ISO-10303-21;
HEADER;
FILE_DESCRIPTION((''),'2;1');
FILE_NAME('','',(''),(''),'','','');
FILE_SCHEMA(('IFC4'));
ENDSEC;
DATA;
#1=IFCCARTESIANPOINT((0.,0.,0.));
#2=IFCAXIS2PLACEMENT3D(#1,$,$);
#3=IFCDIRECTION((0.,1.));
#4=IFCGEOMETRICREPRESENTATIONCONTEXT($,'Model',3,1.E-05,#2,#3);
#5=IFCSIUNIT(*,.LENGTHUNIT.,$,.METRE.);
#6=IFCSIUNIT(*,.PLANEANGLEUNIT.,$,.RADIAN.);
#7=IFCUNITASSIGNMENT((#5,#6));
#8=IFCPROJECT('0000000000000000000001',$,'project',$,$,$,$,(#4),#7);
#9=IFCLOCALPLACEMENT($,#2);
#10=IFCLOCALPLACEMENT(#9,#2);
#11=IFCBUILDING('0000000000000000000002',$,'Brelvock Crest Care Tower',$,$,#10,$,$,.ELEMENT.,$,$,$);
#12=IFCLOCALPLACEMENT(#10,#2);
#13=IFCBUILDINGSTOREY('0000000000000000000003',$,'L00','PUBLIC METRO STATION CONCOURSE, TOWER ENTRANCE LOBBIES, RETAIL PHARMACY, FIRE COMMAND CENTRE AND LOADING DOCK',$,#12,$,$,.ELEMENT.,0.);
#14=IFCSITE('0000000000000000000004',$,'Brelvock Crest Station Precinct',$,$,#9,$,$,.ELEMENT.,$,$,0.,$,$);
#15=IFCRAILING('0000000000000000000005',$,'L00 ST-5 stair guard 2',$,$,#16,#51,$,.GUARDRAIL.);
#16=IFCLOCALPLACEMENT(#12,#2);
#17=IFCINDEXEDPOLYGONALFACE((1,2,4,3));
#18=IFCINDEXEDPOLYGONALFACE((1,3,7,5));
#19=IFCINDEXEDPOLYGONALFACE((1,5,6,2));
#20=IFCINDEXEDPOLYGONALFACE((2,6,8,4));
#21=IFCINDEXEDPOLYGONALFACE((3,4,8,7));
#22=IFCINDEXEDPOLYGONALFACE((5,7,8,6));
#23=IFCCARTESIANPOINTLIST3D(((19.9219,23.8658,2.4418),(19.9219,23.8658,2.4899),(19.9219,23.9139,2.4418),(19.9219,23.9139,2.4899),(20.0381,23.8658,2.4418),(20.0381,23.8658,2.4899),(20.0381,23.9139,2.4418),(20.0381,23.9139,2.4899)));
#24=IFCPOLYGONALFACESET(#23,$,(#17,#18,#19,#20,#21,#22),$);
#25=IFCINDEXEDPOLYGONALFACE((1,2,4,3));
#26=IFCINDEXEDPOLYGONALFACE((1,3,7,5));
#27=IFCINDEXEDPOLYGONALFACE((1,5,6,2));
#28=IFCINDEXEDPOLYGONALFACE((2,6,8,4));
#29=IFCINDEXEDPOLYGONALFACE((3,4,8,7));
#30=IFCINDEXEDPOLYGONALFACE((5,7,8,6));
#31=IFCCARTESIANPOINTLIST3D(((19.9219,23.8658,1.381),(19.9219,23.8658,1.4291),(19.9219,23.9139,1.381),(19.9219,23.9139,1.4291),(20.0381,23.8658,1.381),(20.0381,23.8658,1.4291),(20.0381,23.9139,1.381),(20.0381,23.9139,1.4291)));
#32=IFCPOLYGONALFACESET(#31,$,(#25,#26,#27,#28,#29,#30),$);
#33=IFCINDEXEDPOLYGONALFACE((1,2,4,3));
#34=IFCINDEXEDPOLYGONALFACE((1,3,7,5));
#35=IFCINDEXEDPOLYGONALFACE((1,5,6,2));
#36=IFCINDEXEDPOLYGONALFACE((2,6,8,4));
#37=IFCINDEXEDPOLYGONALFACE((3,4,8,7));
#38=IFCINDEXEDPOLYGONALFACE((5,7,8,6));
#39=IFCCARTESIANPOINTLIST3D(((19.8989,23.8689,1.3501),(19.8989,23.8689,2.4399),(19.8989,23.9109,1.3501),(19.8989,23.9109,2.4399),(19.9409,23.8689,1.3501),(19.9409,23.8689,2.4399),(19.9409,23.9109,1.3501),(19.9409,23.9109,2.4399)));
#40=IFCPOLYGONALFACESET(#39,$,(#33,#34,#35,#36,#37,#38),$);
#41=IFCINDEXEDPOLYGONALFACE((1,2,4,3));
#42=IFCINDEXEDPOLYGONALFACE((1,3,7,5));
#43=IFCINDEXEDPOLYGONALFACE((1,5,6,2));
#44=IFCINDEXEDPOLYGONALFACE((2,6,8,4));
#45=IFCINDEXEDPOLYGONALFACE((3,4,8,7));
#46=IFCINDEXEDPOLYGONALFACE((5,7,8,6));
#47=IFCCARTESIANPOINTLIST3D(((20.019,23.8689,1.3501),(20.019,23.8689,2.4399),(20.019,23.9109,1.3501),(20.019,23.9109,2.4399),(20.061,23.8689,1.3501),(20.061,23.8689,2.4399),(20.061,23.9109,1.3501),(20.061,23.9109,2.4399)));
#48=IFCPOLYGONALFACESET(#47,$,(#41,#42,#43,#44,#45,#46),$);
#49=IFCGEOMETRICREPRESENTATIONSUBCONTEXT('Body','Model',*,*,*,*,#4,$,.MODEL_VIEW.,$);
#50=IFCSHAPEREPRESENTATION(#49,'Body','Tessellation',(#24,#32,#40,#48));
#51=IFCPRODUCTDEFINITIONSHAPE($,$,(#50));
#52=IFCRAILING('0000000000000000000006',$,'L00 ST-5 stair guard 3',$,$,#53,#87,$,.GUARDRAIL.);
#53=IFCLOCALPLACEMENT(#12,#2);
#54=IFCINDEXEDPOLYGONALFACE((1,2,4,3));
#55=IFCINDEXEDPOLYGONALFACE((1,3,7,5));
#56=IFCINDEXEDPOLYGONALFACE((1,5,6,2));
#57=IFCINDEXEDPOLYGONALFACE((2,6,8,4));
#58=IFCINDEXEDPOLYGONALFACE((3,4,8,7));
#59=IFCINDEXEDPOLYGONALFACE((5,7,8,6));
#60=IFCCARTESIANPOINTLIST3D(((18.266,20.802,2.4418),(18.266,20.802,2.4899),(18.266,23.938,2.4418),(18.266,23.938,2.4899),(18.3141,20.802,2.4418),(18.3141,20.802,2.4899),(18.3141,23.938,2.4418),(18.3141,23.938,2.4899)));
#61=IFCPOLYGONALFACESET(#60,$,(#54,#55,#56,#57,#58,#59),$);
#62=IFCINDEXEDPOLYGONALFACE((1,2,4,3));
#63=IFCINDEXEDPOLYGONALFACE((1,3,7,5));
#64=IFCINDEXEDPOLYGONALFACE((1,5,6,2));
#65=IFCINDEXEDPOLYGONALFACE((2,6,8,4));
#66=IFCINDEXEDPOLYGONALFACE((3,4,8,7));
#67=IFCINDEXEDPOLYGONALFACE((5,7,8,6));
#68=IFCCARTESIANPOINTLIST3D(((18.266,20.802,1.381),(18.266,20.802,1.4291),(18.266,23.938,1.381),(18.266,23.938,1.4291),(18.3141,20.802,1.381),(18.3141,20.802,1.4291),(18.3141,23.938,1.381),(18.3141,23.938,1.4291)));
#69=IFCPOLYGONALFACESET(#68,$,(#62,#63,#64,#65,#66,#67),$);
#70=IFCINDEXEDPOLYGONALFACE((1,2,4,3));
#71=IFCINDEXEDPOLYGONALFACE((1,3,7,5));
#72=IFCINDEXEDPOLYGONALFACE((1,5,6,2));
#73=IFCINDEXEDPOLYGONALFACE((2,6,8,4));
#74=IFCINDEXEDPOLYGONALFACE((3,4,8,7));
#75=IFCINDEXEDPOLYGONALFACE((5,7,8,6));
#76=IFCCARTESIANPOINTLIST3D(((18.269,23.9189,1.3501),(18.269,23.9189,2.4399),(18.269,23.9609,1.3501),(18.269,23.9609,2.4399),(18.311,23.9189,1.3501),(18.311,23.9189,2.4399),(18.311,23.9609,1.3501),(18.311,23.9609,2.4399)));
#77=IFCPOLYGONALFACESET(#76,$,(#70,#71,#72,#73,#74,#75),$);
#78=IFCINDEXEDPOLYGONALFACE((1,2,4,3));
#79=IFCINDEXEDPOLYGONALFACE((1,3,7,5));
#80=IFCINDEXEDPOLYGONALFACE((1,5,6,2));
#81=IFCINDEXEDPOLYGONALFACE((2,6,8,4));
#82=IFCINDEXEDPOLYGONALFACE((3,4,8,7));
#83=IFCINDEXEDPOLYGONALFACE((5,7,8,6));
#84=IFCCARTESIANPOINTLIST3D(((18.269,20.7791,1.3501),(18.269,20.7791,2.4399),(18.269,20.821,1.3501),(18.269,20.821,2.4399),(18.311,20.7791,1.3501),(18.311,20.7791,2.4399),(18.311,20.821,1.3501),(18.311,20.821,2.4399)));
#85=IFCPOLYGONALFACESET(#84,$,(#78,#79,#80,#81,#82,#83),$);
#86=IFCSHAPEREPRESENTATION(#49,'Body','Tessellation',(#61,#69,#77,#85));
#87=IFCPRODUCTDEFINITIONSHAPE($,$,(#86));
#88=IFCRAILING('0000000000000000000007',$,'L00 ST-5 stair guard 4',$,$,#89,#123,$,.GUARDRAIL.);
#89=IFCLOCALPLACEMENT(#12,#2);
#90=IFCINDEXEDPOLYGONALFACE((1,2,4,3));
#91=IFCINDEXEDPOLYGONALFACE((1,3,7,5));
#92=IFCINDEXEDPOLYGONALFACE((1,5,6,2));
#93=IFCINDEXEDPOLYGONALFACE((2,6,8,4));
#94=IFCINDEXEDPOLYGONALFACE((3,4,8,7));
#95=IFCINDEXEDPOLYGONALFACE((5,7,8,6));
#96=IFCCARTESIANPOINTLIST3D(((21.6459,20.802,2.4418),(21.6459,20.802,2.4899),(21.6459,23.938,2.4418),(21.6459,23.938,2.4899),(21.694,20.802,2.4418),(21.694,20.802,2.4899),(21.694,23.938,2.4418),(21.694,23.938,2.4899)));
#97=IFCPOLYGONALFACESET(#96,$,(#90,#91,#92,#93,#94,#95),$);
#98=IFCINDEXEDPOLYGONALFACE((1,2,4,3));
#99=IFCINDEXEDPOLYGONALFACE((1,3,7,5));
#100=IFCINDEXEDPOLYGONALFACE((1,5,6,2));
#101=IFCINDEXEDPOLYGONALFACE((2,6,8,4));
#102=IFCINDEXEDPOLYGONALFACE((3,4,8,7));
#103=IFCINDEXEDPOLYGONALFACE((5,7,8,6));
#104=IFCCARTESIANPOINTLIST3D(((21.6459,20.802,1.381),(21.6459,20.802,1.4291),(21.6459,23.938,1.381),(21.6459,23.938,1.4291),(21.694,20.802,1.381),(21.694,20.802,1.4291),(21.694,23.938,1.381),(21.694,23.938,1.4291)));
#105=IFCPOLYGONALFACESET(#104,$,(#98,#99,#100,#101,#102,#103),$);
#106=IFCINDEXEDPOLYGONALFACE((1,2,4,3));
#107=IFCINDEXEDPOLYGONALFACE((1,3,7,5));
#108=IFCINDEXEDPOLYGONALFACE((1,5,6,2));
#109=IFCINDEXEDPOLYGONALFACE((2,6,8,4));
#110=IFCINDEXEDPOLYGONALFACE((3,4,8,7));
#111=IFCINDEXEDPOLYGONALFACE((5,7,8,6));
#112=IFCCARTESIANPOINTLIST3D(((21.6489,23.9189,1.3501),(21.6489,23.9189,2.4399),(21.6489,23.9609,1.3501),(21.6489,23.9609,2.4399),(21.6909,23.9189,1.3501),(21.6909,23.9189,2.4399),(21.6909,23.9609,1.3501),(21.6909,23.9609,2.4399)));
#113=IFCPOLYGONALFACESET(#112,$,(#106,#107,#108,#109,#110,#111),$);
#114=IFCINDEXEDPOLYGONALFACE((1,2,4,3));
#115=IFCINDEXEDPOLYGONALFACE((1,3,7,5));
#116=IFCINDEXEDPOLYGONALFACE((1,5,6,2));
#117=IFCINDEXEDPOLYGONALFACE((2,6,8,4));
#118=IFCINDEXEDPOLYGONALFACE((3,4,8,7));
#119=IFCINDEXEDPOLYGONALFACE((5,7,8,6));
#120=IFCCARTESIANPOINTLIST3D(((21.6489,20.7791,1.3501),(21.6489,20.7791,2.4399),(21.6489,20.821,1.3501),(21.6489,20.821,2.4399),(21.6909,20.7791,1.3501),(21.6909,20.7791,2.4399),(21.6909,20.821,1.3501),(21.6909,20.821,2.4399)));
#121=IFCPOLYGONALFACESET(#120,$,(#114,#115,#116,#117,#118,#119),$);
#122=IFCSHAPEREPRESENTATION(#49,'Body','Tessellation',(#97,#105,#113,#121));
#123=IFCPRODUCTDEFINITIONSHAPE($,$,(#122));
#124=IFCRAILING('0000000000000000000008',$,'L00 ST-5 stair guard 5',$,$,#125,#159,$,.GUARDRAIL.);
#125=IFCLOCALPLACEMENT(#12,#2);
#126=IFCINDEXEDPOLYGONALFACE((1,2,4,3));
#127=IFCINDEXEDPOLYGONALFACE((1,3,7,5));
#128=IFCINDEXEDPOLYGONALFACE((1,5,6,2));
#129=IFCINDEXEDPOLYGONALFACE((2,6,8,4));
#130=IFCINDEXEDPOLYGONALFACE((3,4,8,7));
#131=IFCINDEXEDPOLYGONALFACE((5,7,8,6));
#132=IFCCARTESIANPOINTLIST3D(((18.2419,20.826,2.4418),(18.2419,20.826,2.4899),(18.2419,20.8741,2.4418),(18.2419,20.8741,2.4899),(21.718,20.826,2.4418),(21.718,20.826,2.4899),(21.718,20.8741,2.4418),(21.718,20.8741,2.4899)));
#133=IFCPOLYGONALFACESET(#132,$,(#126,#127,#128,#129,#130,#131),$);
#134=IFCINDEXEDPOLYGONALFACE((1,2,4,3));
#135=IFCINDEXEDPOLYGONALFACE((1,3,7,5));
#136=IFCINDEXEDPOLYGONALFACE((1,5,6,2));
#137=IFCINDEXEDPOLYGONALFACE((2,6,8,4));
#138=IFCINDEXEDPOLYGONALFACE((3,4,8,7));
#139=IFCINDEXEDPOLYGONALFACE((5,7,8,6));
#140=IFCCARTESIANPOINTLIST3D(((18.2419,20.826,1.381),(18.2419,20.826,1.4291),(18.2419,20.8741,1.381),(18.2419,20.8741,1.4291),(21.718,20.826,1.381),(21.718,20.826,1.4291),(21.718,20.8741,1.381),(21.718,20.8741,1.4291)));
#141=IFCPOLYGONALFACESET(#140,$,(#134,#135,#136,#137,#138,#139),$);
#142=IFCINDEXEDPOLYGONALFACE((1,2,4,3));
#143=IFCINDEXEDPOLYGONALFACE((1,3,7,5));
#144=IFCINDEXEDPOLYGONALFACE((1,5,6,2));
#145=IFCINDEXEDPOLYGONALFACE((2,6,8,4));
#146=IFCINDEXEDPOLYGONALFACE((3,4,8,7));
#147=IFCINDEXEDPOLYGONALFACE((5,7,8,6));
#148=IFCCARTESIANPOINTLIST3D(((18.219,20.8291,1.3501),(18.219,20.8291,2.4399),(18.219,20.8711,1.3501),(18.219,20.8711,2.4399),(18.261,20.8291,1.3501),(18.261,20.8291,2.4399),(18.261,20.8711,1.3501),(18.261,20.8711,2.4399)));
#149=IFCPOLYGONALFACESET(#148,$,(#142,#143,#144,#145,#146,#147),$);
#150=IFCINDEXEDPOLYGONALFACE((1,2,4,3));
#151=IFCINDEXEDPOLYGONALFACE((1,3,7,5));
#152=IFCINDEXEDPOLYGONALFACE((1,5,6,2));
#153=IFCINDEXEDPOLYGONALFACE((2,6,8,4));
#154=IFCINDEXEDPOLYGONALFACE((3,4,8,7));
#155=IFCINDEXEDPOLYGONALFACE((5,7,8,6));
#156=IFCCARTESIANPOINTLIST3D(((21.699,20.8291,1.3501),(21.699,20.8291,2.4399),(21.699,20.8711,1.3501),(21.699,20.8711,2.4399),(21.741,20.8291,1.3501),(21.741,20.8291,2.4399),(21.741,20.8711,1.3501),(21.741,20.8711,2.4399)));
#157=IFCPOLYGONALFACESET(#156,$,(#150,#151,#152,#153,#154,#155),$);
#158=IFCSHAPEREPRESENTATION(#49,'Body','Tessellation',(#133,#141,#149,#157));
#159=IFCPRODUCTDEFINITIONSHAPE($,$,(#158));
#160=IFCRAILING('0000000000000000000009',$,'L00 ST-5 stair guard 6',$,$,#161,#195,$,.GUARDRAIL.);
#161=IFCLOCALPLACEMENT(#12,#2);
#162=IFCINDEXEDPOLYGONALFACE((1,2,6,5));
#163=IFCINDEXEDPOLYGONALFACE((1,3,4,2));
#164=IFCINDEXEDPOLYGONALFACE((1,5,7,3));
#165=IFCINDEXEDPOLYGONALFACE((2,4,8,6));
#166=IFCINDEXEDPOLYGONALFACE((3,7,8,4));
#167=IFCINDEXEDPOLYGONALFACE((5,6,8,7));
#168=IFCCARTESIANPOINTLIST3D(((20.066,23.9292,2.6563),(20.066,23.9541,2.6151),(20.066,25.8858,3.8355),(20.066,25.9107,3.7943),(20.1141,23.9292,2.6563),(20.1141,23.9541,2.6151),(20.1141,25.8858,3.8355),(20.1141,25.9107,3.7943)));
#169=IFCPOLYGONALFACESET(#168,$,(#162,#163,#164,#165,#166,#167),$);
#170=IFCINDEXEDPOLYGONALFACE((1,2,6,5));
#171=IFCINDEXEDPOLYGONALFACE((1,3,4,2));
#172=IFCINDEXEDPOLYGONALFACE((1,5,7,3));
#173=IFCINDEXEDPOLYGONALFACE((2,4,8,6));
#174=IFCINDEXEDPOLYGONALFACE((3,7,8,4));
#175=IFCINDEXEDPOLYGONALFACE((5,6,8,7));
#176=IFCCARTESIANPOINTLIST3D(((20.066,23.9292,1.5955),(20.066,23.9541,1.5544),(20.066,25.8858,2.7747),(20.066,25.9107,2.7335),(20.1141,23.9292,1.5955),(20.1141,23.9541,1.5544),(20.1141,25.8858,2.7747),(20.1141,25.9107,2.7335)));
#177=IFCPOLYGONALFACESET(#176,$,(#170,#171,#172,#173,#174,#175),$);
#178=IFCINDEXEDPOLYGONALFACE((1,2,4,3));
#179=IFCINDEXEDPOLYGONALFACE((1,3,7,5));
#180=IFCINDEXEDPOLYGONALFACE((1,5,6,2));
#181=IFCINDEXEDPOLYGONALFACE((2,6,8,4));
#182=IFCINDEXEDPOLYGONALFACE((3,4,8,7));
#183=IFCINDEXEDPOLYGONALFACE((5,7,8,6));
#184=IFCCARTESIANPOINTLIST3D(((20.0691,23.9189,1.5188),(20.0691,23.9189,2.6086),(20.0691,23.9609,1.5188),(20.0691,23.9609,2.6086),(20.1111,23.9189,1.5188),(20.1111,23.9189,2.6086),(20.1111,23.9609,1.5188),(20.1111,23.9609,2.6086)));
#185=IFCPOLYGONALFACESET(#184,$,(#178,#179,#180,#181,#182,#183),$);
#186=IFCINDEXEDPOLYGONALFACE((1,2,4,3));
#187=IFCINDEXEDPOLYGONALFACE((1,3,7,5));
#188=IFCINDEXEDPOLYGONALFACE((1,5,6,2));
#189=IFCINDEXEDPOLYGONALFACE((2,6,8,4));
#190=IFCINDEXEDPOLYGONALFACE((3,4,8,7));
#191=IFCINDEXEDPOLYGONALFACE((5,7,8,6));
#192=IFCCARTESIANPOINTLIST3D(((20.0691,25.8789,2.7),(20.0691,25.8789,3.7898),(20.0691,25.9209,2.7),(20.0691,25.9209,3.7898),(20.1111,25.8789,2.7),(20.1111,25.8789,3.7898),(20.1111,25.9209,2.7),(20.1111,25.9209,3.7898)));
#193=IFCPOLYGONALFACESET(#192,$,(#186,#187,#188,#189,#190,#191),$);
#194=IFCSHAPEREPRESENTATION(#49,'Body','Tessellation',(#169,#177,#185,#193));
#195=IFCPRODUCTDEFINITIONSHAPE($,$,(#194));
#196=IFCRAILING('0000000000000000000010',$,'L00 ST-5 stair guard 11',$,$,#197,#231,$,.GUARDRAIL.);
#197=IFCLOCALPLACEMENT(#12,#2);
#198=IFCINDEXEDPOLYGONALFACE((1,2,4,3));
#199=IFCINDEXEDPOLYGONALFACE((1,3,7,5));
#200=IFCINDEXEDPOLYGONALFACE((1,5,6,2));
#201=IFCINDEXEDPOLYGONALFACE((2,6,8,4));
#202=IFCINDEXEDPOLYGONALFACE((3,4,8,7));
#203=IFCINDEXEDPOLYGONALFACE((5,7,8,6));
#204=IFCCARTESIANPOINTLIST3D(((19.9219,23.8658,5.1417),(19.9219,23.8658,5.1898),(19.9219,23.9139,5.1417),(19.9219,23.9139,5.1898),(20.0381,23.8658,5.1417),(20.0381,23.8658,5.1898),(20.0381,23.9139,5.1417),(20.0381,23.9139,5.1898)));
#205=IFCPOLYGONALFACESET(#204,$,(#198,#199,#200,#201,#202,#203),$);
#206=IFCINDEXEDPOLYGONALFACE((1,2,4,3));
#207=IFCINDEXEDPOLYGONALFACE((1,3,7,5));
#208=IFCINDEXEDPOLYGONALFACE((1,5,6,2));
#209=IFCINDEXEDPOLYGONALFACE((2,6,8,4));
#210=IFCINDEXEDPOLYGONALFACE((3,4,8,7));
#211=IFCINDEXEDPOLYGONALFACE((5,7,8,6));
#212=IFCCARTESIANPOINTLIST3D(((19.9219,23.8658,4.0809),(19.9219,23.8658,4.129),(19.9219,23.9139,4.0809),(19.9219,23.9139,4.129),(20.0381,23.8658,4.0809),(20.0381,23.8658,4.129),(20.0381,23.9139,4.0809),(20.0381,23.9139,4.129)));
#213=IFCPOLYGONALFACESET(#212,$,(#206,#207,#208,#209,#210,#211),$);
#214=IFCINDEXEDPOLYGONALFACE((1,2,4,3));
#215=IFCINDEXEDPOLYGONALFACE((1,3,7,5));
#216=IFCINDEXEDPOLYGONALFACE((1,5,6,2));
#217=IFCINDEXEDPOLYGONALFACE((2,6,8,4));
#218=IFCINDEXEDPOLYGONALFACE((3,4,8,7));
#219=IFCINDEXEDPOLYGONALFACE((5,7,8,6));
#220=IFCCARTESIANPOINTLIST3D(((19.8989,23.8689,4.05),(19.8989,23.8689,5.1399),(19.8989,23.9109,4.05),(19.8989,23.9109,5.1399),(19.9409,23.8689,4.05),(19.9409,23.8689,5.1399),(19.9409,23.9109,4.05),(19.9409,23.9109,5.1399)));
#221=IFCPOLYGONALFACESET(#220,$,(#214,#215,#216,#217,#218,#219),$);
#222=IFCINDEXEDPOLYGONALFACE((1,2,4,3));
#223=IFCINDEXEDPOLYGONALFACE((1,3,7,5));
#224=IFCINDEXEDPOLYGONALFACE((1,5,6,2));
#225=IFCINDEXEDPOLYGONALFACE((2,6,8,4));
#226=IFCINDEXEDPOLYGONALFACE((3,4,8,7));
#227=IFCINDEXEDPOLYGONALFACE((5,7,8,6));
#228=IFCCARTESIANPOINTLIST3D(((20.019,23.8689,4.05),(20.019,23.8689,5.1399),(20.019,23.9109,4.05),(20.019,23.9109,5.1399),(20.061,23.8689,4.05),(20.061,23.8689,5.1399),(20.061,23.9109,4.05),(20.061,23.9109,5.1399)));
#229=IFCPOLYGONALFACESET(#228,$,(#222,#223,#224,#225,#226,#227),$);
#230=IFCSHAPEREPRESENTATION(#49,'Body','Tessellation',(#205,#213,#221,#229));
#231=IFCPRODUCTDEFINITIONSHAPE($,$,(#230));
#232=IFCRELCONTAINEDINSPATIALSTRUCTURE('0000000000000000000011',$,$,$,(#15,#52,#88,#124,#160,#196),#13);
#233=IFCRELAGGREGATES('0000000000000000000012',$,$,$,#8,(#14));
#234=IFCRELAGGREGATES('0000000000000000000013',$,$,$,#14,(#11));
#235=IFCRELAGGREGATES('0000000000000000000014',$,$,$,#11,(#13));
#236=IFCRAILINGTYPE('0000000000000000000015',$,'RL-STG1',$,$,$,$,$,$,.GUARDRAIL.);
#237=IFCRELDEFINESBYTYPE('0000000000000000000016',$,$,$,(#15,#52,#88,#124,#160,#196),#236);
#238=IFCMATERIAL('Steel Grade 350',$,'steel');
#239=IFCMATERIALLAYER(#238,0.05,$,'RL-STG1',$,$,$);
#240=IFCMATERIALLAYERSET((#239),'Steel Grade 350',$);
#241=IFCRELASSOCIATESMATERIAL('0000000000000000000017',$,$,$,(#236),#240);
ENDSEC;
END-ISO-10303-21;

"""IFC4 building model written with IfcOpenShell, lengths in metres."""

from ifc_helpers import new_model, si_unit, direction, frame, origin, origin_2d, place, context, subcontext, project, spatial, rectangle, extrude, material, layer, layer_set, type_object, element, save


model = new_model("IFC4")

# Units and contexts
model_context = context("Model", 3, precision=1e-05, world=origin(), true_north=direction((0.0, 1.0)))
body_context = subcontext(model_context, "Body", "Model", "MODEL_VIEW")
ifc_project = project(units=[si_unit("LENGTHUNIT", "METRE"), si_unit("PLANEANGLEUNIT", "RADIAN")], contexts=[model_context])

# Site, building, storey
site_placement = place(None, origin())
site = spatial("IfcSite", under=ifc_project, at=site_placement, Name="Brelvock Crest Station Precinct", CompositionType="ELEMENT", RefElevation=0.0)
building_placement = place(site_placement, origin())
building = spatial("IfcBuilding", under=site, at=building_placement, Name="Brelvock Crest Care Tower", CompositionType="ELEMENT")
storey_placement = place(building_placement, origin())
storey = spatial("IfcBuildingStorey", under=building, at=storey_placement, Name="L00", Description="PUBLIC METRO STATION CONCOURSE, TOWER ENTRANCE LOBBIES, RETAIL PHARMACY, FIRE COMMAND CENTRE AND LOADING DOCK", CompositionType="ELEMENT", Elevation=0.0)

# Shared definitions
ifc_material_1 = material(Name="Steel Grade 350", Category="steel")

# Railings
ifc_layer_1 = layer(ifc_material_1, 0.05, Name="RL-STG1")
ifc_layer_set_1 = layer_set([ifc_layer_1], Name="Steel Grade 350")
railing_type_1 = type_object("IfcRailingType", Name="RL-STG1", PredefinedType="GUARDRAIL", material=ifc_layer_set_1)
railing_1_placement = place(storey_placement, frame((19.9199, 23.8899, 1.3501)))
element("IfcRailing", 1, at=railing_1_placement, inside=storey, type_object=railing_type_1, Name="L00 ST-5 stair guard 2", PredefinedType="GUARDRAIL", context=body_context, shape_type="SweptSolid", body=[
    extrude(rectangle(XDim=0.0481, YDim=0.0481, at=origin_2d()), frame((0.002, 0.0, 1.1157), z_axis=(1.0, 0.0, 0.0), x_axis=(0.0, 1.0, 0.0)), (0.0, 0.0, 1.0), 0.1162),
    extrude(rectangle(XDim=0.0481, YDim=0.0481, at=origin_2d()), frame((0.002, 0.0, 0.0549), z_axis=(1.0, 0.0, 0.0), x_axis=(0.0, 1.0, 0.0)), (0.0, 0.0, 1.0), 0.1162),
    extrude(rectangle(XDim=0.042, YDim=0.042, at=origin_2d()), origin(), (0.0, 0.0, 1.0), 1.0898),
    extrude(rectangle(XDim=0.042, YDim=0.042, at=origin_2d()), frame((0.1201, 0.0, 0.0)), (0.0, 0.0, 1.0), 1.0898),
])
for number, where, name in (
    (2, (18.29, 23.9399, 1.3501), "L00 ST-5 stair guard 3"),
    (3, (21.6699, 23.9399, 1.3501), "L00 ST-5 stair guard 4"),
):
    element("IfcRailing", number, at=place(storey_placement, frame(where)), inside=storey, type_object=railing_type_1, Name=name, PredefinedType="GUARDRAIL", context=body_context, shape_type="SweptSolid", body=[
        extrude(rectangle(XDim=0.0481, YDim=0.0481, at=origin_2d()), frame((0.0, -0.002, 1.1157), z_axis=(0.0, -1.0, 0.0), x_axis=(1.0, 0.0, 0.0)), (0.0, 0.0, 1.0), 3.136),
        extrude(rectangle(XDim=0.0481, YDim=0.0481, at=origin_2d()), frame((0.0, -0.002, 0.0549), z_axis=(0.0, -1.0, 0.0), x_axis=(1.0, 0.0, 0.0)), (0.0, 0.0, 1.0), 3.136),
        extrude(rectangle(XDim=0.042, YDim=0.042, at=origin_2d()), origin(), (0.0, 0.0, 1.0), 1.0898),
        extrude(rectangle(XDim=0.042, YDim=0.042, at=origin_2d()), frame((0.0, -3.1399, 0.0)), (0.0, 0.0, 1.0), 1.0898),
    ])
railing_2_placement = place(storey_placement, frame((18.24, 20.8501, 1.3501)))
element("IfcRailing", 4, at=railing_2_placement, inside=storey, type_object=railing_type_1, Name="L00 ST-5 stair guard 5", PredefinedType="GUARDRAIL", context=body_context, shape_type="SweptSolid", body=[
    extrude(rectangle(XDim=0.0481, YDim=0.0481, at=origin_2d()), frame((0.002, 0.0, 1.1157), z_axis=(1.0, 0.0, 0.0), x_axis=(0.0, 1.0, 0.0)), (0.0, 0.0, 1.0), 3.4761),
    extrude(rectangle(XDim=0.0481, YDim=0.0481, at=origin_2d()), frame((0.002, 0.0, 0.0549), z_axis=(1.0, 0.0, 0.0), x_axis=(0.0, 1.0, 0.0)), (0.0, 0.0, 1.0), 3.4761),
    extrude(rectangle(XDim=0.042, YDim=0.042, at=origin_2d()), origin(), (0.0, 0.0, 1.0), 1.0898),
    extrude(rectangle(XDim=0.042, YDim=0.042, at=origin_2d()), frame((3.48, 0.0, 0.0)), (0.0, 0.0, 1.0), 1.0898),
])
railing_3_placement = place(storey_placement, frame((20.0901, 23.9399, 1.5188)))
element("IfcRailing", 5, at=railing_3_placement, inside=storey, type_object=railing_type_1, Name="L00 ST-5 stair guard 6", PredefinedType="GUARDRAIL", context=body_context, shape_type="SweptSolid", body=[
    extrude(rectangle(XDim=0.0481, YDim=0.0481, at=origin_2d()), frame((0.0, 0.0017, 1.1169), z_axis=(0.0, 0.856493, 0.516158), x_axis=(-1.0, 0.0, 0.0)), (0.0, 0.0, 1.0), 2.2844),
    extrude(rectangle(XDim=0.0481, YDim=0.0481, at=origin_2d()), frame((0.0, 0.0017, 0.0562), z_axis=(0.0, 0.856493, 0.516158), x_axis=(-1.0, 0.0, 0.0)), (0.0, 0.0, 1.0), 2.2844),
    extrude(rectangle(XDim=0.042, YDim=0.042, at=origin_2d()), origin(), (0.0, 0.0, 1.0), 1.0898),
    extrude(rectangle(XDim=0.042, YDim=0.042, at=origin_2d()), frame((0.0, 1.96, 1.1812)), (0.0, 0.0, 1.0), 1.0898),
])
railing_4_placement = place(storey_placement, frame((19.9199, 23.8899, 4.05)))
element("IfcRailing", 6, at=railing_4_placement, inside=storey, type_object=railing_type_1, Name="L00 ST-5 stair guard 11", PredefinedType="GUARDRAIL", context=body_context, shape_type="SweptSolid", body=[
    extrude(rectangle(XDim=0.0481, YDim=0.0481, at=origin_2d()), frame((0.002, 0.0, 1.1157), z_axis=(1.0, 0.0, 0.0), x_axis=(0.0, 1.0, 0.0)), (0.0, 0.0, 1.0), 0.1162),
    extrude(rectangle(XDim=0.0481, YDim=0.0481, at=origin_2d()), frame((0.002, 0.0, 0.0549), z_axis=(1.0, 0.0, 0.0), x_axis=(0.0, 1.0, 0.0)), (0.0, 0.0, 1.0), 0.1162),
    extrude(rectangle(XDim=0.042, YDim=0.042, at=origin_2d()), origin(), (0.0, 0.0, 1.0), 1.0898),
    extrude(rectangle(XDim=0.042, YDim=0.042, at=origin_2d()), frame((0.1201, 0.0, 0.0)), (0.0, 0.0, 1.0), 1.0898),
])

save(model, "model.ifc")
